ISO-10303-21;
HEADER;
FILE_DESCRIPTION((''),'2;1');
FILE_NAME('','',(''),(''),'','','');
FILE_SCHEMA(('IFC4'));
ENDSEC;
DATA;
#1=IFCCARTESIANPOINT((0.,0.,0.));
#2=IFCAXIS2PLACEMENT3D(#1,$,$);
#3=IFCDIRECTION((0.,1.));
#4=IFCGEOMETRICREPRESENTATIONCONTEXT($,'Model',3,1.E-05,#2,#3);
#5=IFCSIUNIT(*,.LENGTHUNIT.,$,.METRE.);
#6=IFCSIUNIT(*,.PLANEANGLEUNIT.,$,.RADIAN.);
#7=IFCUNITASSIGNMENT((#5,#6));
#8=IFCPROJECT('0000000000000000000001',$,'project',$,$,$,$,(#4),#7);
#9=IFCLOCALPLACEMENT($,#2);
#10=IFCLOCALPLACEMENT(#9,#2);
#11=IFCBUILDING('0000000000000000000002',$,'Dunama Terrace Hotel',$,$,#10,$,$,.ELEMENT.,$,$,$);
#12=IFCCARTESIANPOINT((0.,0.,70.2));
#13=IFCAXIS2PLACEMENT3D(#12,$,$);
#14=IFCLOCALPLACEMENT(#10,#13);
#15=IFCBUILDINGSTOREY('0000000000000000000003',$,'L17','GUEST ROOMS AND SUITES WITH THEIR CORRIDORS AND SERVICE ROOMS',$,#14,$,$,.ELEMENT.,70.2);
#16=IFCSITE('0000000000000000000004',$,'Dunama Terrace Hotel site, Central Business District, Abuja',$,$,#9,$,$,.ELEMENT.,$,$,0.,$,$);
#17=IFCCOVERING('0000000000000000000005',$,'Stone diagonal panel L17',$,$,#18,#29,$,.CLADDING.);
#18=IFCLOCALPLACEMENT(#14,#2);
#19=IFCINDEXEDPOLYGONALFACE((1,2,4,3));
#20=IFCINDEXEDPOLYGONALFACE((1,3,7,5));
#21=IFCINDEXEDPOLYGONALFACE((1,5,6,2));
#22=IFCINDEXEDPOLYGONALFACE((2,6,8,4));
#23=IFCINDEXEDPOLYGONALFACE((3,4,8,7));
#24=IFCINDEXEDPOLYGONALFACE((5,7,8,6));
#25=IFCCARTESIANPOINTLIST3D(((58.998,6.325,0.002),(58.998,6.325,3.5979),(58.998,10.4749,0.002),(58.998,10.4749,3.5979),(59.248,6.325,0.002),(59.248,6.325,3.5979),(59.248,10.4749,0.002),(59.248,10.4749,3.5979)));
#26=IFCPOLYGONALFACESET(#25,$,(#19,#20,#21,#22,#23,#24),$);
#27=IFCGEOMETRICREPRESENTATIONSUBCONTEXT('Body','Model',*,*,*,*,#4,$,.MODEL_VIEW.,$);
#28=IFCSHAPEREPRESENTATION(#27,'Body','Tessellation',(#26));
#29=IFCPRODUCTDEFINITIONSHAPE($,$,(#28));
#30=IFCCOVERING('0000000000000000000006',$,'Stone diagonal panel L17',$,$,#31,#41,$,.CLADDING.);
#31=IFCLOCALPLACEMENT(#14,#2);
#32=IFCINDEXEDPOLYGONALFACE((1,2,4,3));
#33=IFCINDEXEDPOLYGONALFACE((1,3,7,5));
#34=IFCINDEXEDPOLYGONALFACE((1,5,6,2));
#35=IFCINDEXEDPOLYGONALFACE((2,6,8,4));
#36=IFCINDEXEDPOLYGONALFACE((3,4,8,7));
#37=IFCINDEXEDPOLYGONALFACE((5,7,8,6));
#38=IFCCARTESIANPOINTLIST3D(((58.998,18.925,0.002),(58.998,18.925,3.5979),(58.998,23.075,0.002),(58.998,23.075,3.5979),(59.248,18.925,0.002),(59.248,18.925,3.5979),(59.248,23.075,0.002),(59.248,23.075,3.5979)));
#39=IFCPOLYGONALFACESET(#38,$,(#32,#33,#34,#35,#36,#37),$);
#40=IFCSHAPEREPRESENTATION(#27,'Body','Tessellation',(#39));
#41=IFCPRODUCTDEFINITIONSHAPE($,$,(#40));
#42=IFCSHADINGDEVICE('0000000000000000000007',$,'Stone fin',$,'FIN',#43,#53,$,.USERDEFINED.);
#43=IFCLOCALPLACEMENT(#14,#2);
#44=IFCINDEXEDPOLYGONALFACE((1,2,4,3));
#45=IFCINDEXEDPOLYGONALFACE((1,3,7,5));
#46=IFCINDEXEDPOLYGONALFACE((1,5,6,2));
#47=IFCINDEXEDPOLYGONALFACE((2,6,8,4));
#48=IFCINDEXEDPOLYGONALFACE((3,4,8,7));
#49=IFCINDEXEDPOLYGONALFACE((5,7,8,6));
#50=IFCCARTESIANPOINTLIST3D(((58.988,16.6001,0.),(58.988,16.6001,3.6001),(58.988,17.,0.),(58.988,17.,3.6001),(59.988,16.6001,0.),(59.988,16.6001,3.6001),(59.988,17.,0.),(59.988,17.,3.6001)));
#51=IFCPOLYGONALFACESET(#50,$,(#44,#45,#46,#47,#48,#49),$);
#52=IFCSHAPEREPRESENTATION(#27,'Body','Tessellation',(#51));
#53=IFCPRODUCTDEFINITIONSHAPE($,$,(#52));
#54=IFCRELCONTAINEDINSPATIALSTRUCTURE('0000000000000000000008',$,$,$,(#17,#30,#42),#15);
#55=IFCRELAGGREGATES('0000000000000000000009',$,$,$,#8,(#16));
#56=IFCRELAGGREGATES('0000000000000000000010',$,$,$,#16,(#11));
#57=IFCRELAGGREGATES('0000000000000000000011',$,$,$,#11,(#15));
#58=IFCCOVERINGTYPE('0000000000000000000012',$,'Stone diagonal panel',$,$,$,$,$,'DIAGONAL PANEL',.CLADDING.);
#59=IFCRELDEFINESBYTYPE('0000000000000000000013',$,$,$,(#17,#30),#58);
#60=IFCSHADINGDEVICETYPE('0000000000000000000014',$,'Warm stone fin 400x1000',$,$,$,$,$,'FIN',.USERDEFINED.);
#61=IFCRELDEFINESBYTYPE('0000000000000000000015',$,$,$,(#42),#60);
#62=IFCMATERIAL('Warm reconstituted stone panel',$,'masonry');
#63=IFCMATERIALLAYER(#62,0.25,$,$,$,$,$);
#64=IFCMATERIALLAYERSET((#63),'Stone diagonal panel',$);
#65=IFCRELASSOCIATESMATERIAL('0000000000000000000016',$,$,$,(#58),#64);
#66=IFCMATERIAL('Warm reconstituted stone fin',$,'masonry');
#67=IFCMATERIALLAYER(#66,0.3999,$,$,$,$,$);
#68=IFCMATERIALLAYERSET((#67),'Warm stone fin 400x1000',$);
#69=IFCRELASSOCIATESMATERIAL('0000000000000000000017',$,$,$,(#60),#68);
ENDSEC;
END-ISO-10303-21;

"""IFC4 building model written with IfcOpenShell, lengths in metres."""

from ifc_helpers import new_model, si_unit, direction, frame, origin, origin_2d, place, context, subcontext, project, spatial, rectangle, extrude, material, layer, layer_set, type_object, element, save


model = new_model("IFC4")

# Units and contexts
model_context = context("Model", 3, precision=1e-05, world=origin(), true_north=direction((0.0, 1.0)))
body_context = subcontext(model_context, "Body", "Model", "MODEL_VIEW")
ifc_project = project(units=[si_unit("LENGTHUNIT", "METRE"), si_unit("PLANEANGLEUNIT", "RADIAN")], contexts=[model_context])

# Site, building, storey
site_placement = place(None, origin())
site = spatial("IfcSite", under=ifc_project, at=site_placement, Name="Dunama Terrace Hotel site, Central Business District, Abuja", CompositionType="ELEMENT", RefElevation=0.0)
building_placement = place(site_placement, origin())
building = spatial("IfcBuilding", under=site, at=building_placement, Name="Dunama Terrace Hotel", CompositionType="ELEMENT")
storey_placement = place(building_placement, frame((0.0, 0.0, 70.2)))
storey = spatial("IfcBuildingStorey", under=building, at=storey_placement, Name="L17", Description="GUEST ROOMS AND SUITES WITH THEIR CORRIDORS AND SERVICE ROOMS", CompositionType="ELEMENT", Elevation=70.2)

# Coverings
ifc_material_1 = material(Name="Warm reconstituted stone panel", Category="masonry")
ifc_layer_1 = layer(ifc_material_1, 0.25)
ifc_layer_set_1 = layer_set([ifc_layer_1], Name="Stone diagonal panel")
covering_type = type_object("IfcCoveringType", Name="Stone diagonal panel", ElementType="DIAGONAL PANEL", PredefinedType="CLADDING", material=ifc_layer_set_1)
for number, where, z_axis, x_axis, name in (
    (1, (59.123, 8.3999, 0.002), (0.0, 0.0, 1.0), (0.0, 1.0, 0.0), "Stone diagonal panel L17"),
    (2, (59.123, 21.0, 0.002), (0.0, 0.0, 1.0), (0.0, 1.0, 0.0), "Stone diagonal panel L17"),
):
    element("IfcCovering", number, at=place(storey_placement, frame(where, z_axis=z_axis, x_axis=x_axis)), inside=storey, type_object=covering_type, Name=name, PredefinedType="CLADDING", context=body_context, shape_type="SweptSolid", body=[
        extrude(rectangle(XDim=4.1499, YDim=0.25, at=origin_2d()), origin(), (0.0, 0.0, 1.0), 3.5959),
    ])

# Shading device
ifc_material_2 = material(Name="Warm reconstituted stone fin", Category="masonry")
ifc_layer_2 = layer(ifc_material_2, 0.3999)
ifc_layer_set_2 = layer_set([ifc_layer_2], Name="Warm stone fin 400x1000")
shading_device_type = type_object("IfcShadingDeviceType", Name="Warm stone fin 400x1000", ElementType="FIN", PredefinedType="USERDEFINED", material=ifc_layer_set_2)
shading_device_placement = place(storey_placement, frame((59.488, 16.8, 0.0), z_axis=(0.0, 0.0, 1.0), x_axis=(0.0, 1.0, 0.0)))
element("IfcShadingDevice", 3, at=shading_device_placement, inside=storey, type_object=shading_device_type, Name="Stone fin", ObjectType="FIN", PredefinedType="USERDEFINED", context=body_context, shape_type="SweptSolid", body=[
    extrude(rectangle(XDim=0.3999, YDim=1.0, at=origin_2d()), origin(), (0.0, 0.0, 1.0), 3.6001),
])

save(model, "model.ifc")
